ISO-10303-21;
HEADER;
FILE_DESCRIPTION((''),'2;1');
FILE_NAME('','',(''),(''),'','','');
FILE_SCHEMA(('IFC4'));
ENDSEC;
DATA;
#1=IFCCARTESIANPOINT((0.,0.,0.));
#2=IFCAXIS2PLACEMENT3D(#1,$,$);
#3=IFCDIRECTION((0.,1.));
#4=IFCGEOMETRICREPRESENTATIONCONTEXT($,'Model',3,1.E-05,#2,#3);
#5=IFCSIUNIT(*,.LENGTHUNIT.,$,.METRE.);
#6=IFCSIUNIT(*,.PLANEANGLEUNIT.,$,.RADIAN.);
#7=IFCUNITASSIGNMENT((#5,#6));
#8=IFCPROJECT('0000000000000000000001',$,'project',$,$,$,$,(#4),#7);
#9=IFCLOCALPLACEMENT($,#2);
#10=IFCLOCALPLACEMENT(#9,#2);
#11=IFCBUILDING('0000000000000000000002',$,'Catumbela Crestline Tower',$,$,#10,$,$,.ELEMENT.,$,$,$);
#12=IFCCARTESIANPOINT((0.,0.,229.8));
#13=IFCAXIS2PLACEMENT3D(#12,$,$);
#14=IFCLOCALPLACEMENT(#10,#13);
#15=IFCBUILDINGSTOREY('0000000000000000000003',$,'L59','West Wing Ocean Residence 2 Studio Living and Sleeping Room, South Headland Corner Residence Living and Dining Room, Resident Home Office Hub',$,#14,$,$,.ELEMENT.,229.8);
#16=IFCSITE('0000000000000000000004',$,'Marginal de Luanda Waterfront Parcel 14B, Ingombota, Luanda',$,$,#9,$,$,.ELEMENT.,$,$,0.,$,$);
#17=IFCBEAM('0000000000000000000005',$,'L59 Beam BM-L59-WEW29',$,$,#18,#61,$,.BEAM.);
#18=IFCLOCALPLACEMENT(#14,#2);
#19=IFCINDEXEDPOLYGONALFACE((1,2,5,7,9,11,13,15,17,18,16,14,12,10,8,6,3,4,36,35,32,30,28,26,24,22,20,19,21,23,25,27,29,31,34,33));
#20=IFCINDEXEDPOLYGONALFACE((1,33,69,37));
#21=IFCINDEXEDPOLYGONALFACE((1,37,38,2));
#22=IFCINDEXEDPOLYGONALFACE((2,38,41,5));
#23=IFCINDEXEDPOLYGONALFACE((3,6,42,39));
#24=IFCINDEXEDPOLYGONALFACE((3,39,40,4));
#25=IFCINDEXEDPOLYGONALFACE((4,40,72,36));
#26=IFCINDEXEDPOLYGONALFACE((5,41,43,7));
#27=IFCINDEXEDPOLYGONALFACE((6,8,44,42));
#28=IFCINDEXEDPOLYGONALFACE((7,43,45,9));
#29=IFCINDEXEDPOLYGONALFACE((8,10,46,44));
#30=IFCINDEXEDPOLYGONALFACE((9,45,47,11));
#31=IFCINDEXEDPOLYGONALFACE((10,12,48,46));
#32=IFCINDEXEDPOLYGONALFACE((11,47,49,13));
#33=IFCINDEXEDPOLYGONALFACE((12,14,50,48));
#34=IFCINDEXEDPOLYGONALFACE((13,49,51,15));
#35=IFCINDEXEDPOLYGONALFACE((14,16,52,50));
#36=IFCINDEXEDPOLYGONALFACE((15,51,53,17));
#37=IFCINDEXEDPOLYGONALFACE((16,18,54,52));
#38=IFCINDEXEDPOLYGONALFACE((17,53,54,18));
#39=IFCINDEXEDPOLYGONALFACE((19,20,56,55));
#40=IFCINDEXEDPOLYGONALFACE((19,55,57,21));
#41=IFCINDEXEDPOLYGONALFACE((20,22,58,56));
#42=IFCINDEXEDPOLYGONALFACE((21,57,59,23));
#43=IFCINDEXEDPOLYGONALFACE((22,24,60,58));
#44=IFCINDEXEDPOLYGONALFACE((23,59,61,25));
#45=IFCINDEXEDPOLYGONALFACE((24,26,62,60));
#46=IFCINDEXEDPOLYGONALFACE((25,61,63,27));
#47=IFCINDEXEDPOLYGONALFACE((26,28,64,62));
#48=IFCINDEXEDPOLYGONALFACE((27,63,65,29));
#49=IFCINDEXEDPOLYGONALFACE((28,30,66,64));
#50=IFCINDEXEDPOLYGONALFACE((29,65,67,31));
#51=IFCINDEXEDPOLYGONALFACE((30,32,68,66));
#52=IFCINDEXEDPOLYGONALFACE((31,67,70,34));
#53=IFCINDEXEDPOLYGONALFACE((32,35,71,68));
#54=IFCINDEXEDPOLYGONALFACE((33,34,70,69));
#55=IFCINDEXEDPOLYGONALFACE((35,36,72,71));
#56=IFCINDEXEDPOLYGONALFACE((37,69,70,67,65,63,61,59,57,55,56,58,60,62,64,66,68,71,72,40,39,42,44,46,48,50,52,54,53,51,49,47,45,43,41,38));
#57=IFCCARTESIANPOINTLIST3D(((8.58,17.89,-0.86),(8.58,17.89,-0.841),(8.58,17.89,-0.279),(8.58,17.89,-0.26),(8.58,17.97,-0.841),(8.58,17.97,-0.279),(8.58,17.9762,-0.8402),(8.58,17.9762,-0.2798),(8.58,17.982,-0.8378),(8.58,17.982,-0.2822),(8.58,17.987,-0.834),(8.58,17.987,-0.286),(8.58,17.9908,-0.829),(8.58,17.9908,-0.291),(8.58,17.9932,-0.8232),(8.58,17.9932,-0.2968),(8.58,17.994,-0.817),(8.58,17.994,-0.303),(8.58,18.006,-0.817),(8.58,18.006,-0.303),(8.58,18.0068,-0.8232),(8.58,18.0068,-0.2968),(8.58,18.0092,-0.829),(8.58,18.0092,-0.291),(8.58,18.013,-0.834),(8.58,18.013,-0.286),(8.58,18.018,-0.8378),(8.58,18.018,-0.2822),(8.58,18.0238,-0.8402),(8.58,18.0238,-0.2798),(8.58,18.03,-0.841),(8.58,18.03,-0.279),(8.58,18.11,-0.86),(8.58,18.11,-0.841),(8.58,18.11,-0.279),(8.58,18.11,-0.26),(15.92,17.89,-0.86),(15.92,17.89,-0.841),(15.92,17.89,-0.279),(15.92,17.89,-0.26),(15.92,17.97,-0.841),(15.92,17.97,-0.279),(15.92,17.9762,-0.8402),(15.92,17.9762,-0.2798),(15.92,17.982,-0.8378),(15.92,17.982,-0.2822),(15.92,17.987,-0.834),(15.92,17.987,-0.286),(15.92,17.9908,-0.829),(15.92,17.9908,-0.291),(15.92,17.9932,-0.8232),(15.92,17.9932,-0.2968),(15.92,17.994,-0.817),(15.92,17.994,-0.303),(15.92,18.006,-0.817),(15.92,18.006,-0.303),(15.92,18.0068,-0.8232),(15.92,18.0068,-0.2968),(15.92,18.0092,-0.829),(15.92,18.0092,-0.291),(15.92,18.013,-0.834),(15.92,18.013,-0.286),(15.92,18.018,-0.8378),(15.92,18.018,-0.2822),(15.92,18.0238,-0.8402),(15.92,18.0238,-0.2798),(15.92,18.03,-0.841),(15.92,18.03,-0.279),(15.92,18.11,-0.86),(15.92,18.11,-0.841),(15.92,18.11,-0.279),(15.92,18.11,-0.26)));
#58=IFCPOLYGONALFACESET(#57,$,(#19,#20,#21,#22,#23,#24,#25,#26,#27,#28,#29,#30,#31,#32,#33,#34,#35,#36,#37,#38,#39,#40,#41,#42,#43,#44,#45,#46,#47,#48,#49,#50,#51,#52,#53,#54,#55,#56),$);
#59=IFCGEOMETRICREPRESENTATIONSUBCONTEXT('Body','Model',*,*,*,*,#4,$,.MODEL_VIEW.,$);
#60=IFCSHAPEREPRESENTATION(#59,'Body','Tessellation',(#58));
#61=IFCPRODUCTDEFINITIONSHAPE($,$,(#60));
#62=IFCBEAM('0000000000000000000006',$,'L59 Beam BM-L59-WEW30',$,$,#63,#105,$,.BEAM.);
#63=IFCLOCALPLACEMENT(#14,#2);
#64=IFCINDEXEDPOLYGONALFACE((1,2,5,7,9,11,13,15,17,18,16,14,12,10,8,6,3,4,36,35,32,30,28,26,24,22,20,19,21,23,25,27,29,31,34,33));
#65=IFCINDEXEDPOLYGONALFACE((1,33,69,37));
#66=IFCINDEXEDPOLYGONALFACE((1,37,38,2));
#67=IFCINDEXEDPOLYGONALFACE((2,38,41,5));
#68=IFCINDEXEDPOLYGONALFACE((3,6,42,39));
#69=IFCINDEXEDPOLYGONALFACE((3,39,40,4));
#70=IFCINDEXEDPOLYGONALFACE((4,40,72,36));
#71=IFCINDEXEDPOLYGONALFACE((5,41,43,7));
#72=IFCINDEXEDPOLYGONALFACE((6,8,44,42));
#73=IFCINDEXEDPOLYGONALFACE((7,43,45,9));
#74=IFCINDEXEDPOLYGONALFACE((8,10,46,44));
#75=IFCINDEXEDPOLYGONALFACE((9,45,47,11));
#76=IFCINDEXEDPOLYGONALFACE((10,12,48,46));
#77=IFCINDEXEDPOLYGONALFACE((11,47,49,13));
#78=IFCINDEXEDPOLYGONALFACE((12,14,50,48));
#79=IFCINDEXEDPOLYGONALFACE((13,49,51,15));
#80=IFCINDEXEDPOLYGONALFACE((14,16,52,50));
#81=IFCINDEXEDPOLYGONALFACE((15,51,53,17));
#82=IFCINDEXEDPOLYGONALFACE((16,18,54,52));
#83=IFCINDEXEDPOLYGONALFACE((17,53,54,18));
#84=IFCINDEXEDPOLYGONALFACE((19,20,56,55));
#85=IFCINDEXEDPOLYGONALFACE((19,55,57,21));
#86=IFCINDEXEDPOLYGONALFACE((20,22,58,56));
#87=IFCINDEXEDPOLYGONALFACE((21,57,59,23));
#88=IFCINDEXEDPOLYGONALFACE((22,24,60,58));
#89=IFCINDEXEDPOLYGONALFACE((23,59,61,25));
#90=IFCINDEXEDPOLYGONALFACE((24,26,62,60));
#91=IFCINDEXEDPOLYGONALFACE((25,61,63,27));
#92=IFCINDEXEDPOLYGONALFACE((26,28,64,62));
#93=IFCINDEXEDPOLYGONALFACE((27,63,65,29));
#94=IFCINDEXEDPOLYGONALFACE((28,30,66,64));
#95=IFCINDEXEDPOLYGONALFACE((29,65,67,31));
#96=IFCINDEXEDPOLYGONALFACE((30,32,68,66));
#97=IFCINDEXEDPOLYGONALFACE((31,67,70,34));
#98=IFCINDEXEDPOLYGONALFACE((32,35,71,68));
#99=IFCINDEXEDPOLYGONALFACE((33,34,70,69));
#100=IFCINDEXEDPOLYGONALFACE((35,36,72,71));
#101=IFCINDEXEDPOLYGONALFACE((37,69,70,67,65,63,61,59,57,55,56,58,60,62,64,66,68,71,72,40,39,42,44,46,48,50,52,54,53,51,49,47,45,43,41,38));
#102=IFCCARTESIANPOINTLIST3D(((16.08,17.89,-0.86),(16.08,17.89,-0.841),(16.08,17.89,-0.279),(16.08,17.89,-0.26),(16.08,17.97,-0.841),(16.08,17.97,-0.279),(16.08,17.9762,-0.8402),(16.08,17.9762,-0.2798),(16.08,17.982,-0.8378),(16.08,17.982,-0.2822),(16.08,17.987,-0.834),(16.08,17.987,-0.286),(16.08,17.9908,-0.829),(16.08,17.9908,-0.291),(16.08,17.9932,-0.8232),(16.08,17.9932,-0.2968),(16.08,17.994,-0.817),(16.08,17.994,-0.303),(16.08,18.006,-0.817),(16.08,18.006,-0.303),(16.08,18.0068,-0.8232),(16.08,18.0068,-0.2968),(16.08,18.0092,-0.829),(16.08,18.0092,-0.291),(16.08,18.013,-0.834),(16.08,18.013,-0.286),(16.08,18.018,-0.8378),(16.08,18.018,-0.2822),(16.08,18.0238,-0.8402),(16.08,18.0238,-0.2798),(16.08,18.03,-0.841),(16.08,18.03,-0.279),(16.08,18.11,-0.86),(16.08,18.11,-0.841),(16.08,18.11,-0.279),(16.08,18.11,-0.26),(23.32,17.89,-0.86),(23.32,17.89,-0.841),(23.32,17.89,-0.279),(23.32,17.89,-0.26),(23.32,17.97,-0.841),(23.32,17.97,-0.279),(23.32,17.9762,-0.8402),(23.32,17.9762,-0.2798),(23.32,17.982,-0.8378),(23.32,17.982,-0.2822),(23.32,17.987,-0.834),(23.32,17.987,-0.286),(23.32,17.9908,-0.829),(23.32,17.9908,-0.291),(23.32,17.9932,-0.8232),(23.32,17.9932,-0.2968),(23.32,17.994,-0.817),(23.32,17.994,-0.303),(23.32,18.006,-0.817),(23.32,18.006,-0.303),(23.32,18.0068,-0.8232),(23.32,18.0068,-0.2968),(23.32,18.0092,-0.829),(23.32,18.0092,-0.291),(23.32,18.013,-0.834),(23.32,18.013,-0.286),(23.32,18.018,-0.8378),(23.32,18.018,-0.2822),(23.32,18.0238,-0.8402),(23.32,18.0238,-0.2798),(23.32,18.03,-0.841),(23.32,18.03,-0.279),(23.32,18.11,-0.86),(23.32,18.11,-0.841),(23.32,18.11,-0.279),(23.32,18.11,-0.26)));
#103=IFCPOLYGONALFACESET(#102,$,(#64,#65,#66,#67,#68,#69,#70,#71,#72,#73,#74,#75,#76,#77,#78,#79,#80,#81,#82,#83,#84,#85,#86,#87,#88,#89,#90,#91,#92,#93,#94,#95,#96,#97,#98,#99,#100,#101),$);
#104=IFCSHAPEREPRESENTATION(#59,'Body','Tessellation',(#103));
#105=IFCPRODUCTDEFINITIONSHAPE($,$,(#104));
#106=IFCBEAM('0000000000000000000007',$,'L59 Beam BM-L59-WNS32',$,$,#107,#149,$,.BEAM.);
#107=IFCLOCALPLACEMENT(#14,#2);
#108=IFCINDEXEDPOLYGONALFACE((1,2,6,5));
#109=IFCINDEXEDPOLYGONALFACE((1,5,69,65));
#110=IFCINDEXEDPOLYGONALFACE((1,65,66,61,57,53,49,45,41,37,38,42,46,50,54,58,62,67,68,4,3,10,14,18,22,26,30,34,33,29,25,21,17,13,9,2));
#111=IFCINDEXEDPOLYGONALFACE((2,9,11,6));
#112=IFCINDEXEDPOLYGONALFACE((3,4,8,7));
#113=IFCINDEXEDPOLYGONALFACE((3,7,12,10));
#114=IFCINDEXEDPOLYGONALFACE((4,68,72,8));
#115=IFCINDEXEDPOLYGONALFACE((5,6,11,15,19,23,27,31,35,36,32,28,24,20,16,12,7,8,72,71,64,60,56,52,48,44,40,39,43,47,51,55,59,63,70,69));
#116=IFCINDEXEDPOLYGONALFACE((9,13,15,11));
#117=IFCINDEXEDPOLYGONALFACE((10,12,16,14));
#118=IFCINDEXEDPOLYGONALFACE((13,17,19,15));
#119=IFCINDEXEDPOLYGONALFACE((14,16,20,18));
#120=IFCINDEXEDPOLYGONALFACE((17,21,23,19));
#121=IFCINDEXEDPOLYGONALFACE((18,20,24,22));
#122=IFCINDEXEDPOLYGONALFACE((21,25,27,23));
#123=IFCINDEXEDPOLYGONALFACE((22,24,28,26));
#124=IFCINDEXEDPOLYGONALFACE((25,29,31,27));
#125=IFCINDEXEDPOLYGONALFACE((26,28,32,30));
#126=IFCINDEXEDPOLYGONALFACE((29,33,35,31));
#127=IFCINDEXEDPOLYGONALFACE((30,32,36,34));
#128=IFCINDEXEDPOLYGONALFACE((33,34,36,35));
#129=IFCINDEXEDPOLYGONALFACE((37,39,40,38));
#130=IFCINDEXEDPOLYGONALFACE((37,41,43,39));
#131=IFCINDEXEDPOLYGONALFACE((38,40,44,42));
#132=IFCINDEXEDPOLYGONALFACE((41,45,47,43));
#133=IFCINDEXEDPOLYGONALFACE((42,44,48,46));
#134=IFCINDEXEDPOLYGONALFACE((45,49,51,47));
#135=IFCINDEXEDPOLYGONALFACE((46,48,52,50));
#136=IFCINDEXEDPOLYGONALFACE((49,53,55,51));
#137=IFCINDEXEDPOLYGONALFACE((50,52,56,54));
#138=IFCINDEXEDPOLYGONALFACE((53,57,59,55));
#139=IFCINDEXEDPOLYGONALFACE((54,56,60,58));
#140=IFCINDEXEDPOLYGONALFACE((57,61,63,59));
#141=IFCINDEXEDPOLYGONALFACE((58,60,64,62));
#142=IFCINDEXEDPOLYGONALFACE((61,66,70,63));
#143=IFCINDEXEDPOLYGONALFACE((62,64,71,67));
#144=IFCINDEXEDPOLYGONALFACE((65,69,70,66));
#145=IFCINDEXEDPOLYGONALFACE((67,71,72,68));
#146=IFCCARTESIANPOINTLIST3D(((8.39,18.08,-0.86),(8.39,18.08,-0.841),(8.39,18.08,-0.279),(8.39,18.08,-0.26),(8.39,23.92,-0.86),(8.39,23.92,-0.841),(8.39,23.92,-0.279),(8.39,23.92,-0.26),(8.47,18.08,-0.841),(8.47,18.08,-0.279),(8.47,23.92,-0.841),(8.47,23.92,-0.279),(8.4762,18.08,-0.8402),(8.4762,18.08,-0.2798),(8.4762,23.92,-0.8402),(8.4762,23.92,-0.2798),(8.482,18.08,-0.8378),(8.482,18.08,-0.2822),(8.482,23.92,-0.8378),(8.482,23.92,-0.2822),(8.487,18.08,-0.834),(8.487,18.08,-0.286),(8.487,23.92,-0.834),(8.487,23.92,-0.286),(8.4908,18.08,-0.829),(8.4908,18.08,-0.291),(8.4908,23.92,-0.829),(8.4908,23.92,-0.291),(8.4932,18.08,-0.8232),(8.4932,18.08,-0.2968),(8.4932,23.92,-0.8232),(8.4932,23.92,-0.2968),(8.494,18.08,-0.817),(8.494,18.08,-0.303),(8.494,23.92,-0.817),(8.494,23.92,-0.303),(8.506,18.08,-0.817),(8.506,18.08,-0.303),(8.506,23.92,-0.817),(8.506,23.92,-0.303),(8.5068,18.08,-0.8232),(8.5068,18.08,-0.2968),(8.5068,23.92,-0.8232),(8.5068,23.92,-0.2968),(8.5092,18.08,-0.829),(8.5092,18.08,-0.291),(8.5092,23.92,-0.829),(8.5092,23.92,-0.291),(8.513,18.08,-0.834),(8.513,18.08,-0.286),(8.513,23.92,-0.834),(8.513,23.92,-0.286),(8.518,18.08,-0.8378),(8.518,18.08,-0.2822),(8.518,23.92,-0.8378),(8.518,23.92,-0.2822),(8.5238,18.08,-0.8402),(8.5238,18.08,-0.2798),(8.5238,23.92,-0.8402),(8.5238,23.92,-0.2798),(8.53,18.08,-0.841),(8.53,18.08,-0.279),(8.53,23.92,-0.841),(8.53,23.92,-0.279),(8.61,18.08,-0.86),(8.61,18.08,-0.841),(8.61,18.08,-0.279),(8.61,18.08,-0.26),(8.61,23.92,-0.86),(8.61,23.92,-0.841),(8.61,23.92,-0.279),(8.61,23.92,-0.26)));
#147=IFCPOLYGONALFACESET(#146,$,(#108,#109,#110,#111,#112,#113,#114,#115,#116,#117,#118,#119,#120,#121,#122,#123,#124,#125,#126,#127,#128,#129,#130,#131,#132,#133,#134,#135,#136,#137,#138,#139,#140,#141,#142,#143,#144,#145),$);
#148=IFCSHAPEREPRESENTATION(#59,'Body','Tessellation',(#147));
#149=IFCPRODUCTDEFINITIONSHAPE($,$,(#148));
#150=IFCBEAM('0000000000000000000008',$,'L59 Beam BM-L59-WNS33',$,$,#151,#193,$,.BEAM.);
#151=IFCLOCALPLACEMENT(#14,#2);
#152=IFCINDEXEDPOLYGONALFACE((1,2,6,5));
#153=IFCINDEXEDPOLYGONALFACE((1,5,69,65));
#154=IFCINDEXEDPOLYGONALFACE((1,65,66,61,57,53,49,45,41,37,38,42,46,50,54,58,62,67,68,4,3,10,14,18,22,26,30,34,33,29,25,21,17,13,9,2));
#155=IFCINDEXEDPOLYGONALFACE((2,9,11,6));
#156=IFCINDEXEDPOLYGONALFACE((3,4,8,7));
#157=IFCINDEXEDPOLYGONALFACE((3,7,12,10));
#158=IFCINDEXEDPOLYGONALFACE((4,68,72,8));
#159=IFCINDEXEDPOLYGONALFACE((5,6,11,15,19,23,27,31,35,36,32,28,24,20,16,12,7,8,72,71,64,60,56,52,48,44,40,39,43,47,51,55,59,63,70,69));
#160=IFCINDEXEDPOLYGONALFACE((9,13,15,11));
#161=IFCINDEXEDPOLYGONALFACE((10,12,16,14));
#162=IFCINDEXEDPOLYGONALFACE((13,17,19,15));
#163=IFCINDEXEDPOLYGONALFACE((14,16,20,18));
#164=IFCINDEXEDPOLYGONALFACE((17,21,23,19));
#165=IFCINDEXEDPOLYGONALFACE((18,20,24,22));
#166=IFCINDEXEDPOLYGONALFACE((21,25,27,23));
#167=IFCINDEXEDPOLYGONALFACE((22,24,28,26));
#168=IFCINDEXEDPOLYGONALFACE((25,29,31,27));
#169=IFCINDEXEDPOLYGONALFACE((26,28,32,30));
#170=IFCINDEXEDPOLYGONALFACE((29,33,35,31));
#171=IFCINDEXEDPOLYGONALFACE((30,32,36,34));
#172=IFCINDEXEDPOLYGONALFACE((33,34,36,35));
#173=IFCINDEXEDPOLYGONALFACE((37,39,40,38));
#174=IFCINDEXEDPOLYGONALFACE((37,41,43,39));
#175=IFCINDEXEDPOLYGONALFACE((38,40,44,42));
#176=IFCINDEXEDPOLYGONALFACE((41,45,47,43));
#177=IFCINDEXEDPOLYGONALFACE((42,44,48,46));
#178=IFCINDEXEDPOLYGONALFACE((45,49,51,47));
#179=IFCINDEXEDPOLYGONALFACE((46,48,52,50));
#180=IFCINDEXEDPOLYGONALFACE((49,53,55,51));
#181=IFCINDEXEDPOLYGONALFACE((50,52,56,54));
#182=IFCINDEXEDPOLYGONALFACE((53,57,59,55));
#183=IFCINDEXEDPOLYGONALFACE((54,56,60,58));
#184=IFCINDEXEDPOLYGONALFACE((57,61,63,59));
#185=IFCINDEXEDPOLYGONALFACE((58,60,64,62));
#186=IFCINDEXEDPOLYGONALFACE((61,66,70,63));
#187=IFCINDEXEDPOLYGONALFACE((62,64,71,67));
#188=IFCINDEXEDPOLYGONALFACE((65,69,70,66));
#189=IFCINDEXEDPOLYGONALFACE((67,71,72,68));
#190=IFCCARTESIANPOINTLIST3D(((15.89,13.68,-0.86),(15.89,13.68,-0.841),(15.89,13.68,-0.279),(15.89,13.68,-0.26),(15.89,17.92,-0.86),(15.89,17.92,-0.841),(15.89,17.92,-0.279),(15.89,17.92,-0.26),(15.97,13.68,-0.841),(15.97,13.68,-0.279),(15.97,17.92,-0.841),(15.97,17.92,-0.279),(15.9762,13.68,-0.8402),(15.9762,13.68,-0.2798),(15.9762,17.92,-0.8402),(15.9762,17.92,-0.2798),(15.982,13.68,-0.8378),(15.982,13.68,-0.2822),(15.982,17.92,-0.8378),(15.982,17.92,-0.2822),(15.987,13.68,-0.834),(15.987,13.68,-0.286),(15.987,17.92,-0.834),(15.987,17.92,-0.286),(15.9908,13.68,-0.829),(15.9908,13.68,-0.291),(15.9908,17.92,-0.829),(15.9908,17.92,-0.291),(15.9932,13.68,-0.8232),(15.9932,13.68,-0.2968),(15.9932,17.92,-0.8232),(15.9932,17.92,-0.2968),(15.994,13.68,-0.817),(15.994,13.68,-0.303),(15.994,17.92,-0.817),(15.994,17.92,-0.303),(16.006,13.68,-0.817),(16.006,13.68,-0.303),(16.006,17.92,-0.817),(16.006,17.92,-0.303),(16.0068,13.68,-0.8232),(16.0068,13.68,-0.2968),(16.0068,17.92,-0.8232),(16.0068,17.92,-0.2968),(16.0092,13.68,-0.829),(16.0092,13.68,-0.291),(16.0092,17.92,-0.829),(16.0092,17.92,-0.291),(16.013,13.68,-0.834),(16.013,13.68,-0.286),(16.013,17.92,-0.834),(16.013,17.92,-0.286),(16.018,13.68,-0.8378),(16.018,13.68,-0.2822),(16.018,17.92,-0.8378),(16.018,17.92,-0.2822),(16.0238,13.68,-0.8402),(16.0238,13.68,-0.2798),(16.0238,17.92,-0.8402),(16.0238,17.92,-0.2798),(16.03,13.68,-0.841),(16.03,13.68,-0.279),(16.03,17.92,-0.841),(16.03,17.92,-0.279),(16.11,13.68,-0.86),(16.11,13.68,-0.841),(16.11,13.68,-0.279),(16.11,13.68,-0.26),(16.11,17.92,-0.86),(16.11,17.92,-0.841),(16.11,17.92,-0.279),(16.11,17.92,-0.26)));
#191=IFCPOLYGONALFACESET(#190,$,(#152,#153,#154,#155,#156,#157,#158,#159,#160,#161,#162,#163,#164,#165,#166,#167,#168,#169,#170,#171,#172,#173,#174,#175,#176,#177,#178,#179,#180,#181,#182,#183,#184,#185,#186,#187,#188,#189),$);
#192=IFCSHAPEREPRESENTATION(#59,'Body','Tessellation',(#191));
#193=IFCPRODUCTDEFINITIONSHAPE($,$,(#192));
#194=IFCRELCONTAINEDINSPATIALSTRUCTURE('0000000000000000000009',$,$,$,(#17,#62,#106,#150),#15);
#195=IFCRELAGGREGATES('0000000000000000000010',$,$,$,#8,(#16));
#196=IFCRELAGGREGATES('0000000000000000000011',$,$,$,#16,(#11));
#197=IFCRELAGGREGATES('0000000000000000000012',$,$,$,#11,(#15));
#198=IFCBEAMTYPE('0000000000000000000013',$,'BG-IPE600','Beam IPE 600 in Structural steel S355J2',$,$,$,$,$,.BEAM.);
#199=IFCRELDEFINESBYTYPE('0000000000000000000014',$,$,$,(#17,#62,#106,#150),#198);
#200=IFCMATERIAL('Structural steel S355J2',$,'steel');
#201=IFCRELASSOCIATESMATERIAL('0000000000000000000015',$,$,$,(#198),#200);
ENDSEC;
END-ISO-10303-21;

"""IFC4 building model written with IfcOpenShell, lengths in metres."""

from ifc_helpers import new_model, si_unit, direction, frame, origin, origin_2d, place, context, subcontext, project, spatial, i_section, extrude, material, material_profile, profile_set, type_object, element, save


model = new_model("IFC4")

# Units and contexts
model_context = context("Model", 3, precision=1e-05, world=origin(), true_north=direction((0.0, 1.0)))
body_context = subcontext(model_context, "Body", "Model", "MODEL_VIEW")
ifc_project = project(units=[si_unit("LENGTHUNIT", "METRE"), si_unit("PLANEANGLEUNIT", "RADIAN")], contexts=[model_context])

# Site, building, storey
site_placement = place(None, origin())
site = spatial("IfcSite", under=ifc_project, at=site_placement, Name="Marginal de Luanda Waterfront Parcel 14B, Ingombota, Luanda", CompositionType="ELEMENT", RefElevation=0.0)
building_placement = place(site_placement, origin())
building = spatial("IfcBuilding", under=site, at=building_placement, Name="Catumbela Crestline Tower", CompositionType="ELEMENT")
storey_placement = place(building_placement, frame((0.0, 0.0, 229.8)))
storey = spatial("IfcBuildingStorey", under=building, at=storey_placement, Name="L59", Description="West Wing Ocean Residence 2 Studio Living and Sleeping Room, South Headland Corner Residence Living and Dining Room, Resident Home Office Hub", CompositionType="ELEMENT", Elevation=229.8)

# Shared definitions
ifc_material_1 = material(Name="Structural steel S355J2", Category="steel")

# Beams
ifc_material_profile_1 = material_profile(ifc_material_1, i_section(OverallWidth=0.22, OverallDepth=0.6, WebThickness=0.012, FlangeThickness=0.019, FilletRadius=0.024, at=origin_2d()), Name="IPE 600")
ifc_profile_set_1 = profile_set([ifc_material_profile_1], Name="Structural steel S355J2")
beam_type_1 = type_object("IfcBeamType", Name="BG-IPE600", Description="Beam IPE 600 in Structural steel S355J2", PredefinedType="BEAM", material=ifc_profile_set_1)
beam_1_placement = place(storey_placement, frame((8.58, 18.0, -0.56), z_axis=(1.0, 0.0, 0.0), x_axis=(0.0, 1.0, 0.0)))
element("IfcBeam", 1, at=beam_1_placement, inside=storey, type_object=beam_type_1, Name="L59 Beam BM-L59-WEW29", PredefinedType="BEAM", context=body_context, shape_type="SweptSolid", body=[
    extrude(i_section(OverallWidth=0.22, OverallDepth=0.6, WebThickness=0.012, FlangeThickness=0.019, FilletRadius=0.024, at=origin_2d()), origin(), (0.0, 0.0, 1.0), 7.34),
])
beam_2_placement = place(storey_placement, frame((16.08, 18.0, -0.56), z_axis=(1.0, 0.0, 0.0), x_axis=(0.0, 1.0, 0.0)))
element("IfcBeam", 2, at=beam_2_placement, inside=storey, type_object=beam_type_1, Name="L59 Beam BM-L59-WEW30", PredefinedType="BEAM", context=body_context, shape_type="SweptSolid", body=[
    extrude(i_section(OverallWidth=0.22, OverallDepth=0.6, WebThickness=0.012, FlangeThickness=0.019, FilletRadius=0.024, at=origin_2d()), origin(), (0.0, 0.0, 1.0), 7.24),
])
beam_3_placement = place(storey_placement, frame((8.5, 18.08, -0.56), z_axis=(0.0, 1.0, 0.0), x_axis=(-1.0, 0.0, 0.0)))
element("IfcBeam", 3, at=beam_3_placement, inside=storey, type_object=beam_type_1, Name="L59 Beam BM-L59-WNS32", PredefinedType="BEAM", context=body_context, shape_type="SweptSolid", body=[
    extrude(i_section(OverallWidth=0.22, OverallDepth=0.6, WebThickness=0.012, FlangeThickness=0.019, FilletRadius=0.024, at=origin_2d()), origin(), (0.0, 0.0, 1.0), 5.84),
])
beam_4_placement = place(storey_placement, frame((16.0, 13.68, -0.56), z_axis=(0.0, 1.0, 0.0), x_axis=(-1.0, 0.0, 0.0)))
element("IfcBeam", 4, at=beam_4_placement, inside=storey, type_object=beam_type_1, Name="L59 Beam BM-L59-WNS33", PredefinedType="BEAM", context=body_context, shape_type="SweptSolid", body=[
    extrude(i_section(OverallWidth=0.22, OverallDepth=0.6, WebThickness=0.012, FlangeThickness=0.019, FilletRadius=0.024, at=origin_2d()), origin(), (0.0, 0.0, 1.0), 4.24),
])

save(model, "model.ifc")
